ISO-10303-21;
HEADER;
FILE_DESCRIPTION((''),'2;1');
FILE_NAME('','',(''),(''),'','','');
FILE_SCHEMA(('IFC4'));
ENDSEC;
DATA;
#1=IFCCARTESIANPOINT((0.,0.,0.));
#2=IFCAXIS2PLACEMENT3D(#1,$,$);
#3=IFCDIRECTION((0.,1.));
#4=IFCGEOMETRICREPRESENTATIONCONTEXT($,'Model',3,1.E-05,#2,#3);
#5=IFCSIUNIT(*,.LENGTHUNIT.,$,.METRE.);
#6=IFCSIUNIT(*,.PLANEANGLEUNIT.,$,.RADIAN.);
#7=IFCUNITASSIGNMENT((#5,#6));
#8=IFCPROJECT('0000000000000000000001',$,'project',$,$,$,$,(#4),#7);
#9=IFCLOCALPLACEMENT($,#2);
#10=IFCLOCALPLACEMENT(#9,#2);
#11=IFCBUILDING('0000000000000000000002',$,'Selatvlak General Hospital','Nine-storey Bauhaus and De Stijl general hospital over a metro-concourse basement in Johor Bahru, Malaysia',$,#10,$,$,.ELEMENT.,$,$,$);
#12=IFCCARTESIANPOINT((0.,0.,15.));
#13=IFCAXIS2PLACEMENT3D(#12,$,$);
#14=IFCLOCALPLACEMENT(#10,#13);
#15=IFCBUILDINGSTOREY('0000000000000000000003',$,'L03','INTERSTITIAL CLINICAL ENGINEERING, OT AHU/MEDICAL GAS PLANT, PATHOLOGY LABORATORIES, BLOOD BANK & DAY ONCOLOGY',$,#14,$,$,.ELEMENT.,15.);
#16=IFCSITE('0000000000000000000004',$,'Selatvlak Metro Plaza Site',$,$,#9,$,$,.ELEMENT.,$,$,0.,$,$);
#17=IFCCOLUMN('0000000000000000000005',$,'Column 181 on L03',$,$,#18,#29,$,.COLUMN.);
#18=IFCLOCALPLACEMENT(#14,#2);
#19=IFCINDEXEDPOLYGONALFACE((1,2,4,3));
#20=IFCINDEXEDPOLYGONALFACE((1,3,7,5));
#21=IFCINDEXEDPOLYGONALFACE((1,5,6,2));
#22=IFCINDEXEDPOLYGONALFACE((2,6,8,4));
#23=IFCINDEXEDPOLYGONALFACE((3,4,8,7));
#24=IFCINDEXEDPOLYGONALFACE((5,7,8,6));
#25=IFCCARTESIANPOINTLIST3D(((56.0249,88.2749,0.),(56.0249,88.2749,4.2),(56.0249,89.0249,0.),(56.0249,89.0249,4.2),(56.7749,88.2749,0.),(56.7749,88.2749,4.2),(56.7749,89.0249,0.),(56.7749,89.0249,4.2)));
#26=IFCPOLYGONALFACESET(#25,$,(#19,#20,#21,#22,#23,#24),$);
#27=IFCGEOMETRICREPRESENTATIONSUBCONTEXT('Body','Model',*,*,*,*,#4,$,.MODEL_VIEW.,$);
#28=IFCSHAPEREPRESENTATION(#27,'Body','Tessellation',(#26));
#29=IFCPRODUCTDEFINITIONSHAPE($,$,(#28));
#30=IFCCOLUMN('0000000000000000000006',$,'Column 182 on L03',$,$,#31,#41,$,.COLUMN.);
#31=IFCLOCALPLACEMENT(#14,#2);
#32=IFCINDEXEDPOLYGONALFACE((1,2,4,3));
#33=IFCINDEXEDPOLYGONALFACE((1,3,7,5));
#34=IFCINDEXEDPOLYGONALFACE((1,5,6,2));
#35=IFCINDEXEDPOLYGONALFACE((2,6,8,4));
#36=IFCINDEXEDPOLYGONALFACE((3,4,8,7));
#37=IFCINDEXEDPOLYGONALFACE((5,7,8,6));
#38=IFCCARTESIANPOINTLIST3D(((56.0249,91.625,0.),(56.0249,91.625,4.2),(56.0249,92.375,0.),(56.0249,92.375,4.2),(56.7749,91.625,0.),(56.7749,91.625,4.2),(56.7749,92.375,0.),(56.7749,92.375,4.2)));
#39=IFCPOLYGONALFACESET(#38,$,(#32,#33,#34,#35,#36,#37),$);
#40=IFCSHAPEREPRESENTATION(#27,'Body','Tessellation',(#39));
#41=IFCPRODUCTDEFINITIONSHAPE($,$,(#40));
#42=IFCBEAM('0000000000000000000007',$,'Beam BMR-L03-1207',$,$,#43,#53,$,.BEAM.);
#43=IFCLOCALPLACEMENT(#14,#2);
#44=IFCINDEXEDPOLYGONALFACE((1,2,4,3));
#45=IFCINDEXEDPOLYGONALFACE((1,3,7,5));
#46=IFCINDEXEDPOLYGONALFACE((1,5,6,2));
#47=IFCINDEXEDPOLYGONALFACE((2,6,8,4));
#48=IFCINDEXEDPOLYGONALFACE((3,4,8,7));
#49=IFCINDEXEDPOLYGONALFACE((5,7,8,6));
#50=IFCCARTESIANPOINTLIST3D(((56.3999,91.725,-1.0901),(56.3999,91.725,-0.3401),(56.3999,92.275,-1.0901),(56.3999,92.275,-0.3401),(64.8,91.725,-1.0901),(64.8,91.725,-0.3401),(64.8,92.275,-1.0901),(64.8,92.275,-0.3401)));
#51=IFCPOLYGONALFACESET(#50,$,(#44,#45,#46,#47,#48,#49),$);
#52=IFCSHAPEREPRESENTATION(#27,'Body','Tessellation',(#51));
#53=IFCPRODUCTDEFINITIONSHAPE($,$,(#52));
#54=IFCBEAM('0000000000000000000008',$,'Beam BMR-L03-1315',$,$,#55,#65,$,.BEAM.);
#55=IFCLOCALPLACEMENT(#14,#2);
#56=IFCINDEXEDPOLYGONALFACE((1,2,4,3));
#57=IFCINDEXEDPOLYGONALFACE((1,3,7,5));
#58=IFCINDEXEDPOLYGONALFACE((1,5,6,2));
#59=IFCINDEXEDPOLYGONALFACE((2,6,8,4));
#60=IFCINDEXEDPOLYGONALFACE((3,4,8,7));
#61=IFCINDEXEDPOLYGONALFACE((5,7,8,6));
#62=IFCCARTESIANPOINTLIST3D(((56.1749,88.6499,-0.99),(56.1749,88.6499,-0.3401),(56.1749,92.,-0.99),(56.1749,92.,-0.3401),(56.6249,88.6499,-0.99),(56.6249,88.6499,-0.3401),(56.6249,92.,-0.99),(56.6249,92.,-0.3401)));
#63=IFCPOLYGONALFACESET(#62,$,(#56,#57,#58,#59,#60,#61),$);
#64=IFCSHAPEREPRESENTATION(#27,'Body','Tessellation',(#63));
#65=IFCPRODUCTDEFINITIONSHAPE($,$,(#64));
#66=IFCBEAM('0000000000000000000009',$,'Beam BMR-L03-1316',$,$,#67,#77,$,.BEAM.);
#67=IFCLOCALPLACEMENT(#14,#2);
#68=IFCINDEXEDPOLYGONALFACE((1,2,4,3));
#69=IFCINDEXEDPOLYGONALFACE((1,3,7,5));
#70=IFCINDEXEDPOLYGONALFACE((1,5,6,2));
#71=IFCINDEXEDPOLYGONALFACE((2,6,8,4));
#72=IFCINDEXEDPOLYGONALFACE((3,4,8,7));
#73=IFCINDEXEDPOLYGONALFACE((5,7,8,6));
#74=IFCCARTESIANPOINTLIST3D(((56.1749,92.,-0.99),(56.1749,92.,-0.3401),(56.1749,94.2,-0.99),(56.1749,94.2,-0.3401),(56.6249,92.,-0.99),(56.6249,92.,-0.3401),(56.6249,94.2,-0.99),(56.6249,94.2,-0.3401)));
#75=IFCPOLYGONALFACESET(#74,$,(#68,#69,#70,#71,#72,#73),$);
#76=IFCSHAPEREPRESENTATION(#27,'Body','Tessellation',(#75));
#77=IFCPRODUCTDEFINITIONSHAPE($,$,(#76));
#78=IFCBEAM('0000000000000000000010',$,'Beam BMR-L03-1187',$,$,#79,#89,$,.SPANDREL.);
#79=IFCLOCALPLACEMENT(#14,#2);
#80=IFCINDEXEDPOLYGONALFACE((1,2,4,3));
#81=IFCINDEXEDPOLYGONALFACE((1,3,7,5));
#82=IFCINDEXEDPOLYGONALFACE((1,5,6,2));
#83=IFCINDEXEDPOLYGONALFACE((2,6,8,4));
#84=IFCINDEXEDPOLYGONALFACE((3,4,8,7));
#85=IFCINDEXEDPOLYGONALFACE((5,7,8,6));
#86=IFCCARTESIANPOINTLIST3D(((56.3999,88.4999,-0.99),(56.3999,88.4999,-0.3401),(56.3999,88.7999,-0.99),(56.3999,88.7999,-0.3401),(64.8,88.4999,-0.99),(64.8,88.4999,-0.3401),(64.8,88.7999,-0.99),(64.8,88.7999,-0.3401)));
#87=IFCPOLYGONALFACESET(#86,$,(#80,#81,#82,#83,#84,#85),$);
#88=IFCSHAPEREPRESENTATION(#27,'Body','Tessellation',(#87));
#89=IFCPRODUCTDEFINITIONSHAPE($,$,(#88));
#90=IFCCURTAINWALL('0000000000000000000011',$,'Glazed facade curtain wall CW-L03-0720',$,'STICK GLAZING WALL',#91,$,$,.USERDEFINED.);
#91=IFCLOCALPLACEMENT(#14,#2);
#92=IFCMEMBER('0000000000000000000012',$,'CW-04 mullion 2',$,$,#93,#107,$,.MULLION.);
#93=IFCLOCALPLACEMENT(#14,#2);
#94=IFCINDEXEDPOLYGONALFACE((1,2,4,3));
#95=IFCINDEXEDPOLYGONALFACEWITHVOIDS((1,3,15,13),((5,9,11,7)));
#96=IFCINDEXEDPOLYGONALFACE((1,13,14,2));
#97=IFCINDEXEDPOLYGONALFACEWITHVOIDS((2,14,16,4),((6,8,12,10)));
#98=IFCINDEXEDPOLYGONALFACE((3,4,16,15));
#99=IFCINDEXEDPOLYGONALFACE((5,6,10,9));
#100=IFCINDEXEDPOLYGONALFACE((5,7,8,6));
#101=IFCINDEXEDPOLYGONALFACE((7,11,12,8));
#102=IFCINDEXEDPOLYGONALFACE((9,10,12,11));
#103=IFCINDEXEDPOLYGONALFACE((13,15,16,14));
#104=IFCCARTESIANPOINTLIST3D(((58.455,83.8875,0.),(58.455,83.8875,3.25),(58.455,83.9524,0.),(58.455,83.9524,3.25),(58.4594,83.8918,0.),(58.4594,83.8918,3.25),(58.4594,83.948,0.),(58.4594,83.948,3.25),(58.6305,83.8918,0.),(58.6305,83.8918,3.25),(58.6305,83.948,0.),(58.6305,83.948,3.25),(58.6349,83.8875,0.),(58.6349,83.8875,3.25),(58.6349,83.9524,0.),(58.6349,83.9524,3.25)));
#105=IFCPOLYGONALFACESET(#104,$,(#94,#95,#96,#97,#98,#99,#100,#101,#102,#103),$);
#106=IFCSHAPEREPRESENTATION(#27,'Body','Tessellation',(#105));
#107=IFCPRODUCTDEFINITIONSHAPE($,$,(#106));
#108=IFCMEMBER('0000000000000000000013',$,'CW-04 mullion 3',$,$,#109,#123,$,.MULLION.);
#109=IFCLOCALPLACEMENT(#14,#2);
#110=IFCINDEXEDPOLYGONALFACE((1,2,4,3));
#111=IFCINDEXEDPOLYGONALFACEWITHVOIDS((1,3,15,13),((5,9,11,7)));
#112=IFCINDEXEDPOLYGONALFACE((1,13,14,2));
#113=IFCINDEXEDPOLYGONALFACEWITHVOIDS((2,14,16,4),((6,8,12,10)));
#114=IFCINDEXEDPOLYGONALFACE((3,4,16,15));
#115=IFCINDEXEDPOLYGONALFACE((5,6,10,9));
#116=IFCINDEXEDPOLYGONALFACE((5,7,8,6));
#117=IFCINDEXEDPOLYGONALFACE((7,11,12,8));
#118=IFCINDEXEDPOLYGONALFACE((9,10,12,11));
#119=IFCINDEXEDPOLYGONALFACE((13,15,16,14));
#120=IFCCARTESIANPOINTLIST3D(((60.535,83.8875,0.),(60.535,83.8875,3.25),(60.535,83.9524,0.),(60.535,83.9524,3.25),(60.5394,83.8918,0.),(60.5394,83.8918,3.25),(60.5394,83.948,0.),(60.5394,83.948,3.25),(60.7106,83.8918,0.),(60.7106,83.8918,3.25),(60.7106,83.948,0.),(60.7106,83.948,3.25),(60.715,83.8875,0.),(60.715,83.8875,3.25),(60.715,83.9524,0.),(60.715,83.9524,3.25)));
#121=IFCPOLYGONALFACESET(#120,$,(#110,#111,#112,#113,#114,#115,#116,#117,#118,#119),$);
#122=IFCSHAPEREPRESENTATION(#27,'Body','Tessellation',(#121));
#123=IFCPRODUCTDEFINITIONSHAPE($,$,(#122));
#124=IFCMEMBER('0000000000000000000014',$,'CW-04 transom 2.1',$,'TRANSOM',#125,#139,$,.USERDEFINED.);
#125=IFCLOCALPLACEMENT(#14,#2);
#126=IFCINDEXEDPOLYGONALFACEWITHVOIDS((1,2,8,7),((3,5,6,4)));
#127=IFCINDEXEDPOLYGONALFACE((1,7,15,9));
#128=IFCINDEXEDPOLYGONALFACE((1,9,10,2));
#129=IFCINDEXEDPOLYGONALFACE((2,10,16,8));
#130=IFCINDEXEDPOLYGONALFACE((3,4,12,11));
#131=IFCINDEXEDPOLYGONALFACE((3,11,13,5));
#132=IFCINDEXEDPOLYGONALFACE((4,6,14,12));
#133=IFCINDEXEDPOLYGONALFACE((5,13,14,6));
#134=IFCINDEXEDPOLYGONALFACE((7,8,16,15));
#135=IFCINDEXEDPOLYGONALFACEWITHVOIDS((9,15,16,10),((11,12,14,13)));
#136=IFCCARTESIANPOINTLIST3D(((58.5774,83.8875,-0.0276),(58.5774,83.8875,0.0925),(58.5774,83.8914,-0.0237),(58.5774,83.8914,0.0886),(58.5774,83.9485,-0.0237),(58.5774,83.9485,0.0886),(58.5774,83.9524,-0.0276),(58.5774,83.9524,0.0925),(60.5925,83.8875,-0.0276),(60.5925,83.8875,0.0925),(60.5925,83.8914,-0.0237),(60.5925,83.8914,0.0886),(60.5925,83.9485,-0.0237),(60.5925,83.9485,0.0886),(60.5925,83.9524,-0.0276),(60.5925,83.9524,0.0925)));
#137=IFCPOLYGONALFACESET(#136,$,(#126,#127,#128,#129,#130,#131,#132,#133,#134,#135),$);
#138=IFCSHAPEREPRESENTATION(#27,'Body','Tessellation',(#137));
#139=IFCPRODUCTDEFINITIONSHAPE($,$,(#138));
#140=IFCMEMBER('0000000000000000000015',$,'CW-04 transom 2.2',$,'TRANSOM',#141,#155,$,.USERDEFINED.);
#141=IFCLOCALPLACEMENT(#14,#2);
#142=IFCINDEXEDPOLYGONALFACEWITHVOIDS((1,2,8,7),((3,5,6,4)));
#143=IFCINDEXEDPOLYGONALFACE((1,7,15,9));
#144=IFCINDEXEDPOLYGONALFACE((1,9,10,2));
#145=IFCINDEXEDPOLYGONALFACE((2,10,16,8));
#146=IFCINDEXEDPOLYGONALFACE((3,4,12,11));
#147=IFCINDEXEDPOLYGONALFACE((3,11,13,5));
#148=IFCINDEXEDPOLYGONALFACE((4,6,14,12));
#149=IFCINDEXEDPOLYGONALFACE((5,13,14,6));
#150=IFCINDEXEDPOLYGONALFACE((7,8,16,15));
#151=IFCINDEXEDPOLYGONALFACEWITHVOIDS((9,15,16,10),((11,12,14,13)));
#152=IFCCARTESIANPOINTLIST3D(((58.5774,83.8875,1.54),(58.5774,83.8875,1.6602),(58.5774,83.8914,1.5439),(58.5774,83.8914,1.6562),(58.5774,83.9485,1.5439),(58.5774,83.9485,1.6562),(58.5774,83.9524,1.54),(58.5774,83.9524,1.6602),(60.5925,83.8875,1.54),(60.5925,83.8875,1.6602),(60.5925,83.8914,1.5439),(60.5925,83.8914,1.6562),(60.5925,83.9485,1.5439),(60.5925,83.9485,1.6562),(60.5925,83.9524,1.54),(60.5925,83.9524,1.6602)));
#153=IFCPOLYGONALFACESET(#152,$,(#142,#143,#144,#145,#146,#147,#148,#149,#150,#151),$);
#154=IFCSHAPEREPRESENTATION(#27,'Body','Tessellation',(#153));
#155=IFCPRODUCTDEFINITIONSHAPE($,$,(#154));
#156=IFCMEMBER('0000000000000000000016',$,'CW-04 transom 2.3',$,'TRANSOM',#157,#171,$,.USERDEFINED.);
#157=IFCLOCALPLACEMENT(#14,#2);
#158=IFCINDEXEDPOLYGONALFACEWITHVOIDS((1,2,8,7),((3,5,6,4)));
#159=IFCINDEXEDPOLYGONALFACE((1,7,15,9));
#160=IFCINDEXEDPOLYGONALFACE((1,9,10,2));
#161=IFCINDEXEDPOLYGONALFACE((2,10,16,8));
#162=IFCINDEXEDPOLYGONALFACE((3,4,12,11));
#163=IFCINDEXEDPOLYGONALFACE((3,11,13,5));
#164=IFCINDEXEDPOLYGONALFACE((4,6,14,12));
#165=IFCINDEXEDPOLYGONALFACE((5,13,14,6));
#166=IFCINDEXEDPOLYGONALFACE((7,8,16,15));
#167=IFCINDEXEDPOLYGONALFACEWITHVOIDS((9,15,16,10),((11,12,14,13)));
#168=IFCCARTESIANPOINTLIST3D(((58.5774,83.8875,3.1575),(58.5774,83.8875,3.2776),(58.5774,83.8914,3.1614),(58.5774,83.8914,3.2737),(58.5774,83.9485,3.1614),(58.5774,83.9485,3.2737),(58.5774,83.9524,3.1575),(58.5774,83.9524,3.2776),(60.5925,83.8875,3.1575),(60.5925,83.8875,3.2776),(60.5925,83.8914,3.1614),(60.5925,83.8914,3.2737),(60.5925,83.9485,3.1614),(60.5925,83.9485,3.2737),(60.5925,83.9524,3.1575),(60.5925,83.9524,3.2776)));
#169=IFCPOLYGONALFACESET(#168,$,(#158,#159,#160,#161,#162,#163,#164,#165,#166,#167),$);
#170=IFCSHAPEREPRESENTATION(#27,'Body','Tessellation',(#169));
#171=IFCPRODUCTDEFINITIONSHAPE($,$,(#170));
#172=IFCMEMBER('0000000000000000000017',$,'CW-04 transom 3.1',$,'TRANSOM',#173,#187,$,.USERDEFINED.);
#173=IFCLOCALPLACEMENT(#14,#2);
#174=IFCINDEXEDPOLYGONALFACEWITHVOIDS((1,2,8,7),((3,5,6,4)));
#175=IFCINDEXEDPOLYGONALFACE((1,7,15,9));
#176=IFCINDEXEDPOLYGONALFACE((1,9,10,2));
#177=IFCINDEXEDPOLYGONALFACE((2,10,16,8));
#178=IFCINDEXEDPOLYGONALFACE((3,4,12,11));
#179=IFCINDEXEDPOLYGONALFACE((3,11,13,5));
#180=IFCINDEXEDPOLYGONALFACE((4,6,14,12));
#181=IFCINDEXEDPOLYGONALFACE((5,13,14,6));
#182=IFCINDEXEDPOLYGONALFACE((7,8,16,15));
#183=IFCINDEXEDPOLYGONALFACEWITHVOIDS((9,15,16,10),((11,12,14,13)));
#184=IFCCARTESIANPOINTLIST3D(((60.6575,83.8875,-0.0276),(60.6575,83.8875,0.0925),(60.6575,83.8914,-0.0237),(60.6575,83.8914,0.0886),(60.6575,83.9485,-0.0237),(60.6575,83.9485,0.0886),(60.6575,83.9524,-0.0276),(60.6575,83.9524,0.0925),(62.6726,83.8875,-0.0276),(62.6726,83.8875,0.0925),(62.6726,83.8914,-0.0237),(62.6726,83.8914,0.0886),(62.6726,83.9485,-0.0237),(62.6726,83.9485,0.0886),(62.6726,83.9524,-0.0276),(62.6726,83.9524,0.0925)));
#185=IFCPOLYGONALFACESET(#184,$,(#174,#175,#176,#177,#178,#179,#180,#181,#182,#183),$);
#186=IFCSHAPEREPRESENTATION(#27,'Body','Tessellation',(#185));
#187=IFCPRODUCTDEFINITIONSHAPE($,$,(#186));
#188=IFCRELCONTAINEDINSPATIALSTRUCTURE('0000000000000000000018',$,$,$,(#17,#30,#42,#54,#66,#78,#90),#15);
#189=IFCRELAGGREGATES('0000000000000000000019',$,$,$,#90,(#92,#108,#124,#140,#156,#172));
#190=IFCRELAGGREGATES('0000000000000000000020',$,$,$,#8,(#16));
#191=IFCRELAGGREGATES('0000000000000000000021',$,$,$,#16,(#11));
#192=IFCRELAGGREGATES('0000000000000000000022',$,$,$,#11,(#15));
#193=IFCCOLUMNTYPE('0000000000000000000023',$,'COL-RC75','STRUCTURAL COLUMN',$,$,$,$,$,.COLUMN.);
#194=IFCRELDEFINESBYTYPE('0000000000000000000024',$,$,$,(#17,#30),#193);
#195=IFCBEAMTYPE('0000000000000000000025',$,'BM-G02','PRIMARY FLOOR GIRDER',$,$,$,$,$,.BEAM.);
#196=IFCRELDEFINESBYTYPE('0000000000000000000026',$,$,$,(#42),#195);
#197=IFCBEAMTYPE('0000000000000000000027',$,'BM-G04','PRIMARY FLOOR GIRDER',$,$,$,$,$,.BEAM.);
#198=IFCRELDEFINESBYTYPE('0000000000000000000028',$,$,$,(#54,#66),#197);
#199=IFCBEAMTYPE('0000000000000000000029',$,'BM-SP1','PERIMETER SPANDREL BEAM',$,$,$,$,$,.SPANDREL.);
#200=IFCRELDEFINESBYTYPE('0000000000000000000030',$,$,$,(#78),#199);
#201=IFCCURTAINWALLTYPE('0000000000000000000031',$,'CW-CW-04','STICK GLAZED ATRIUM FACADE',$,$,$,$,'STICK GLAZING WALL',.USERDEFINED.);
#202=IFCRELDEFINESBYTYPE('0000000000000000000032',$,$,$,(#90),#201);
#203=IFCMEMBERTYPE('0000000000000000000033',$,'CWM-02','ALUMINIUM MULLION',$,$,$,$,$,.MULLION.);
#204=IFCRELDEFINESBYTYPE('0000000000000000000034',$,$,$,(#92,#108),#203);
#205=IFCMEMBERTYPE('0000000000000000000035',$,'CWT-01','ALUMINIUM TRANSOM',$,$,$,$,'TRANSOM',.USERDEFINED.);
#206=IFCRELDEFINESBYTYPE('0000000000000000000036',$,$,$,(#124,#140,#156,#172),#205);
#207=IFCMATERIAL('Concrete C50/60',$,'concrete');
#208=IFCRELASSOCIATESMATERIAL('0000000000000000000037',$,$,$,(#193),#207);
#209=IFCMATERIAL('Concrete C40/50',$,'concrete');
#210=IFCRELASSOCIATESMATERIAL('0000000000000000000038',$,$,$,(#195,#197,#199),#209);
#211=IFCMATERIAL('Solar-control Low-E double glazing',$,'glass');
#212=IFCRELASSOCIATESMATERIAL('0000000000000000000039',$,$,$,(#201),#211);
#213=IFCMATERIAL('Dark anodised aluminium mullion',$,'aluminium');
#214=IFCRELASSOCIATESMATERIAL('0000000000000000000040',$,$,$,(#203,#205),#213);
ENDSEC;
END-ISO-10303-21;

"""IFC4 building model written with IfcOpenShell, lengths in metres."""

from ifc_helpers import new_model, si_unit, direction, frame, origin, origin_2d, place, context, subcontext, project, spatial, rectangle, hollow_rectangle, extrude, material, material_profile, profile_set, type_object, element, aggregate, save


model = new_model("IFC4")

# Units and contexts
model_context = context("Model", 3, precision=1e-05, world=origin(), true_north=direction((0.0, 1.0)))
body_context = subcontext(model_context, "Body", "Model", "MODEL_VIEW")
ifc_project = project(units=[si_unit("LENGTHUNIT", "METRE"), si_unit("PLANEANGLEUNIT", "RADIAN")], contexts=[model_context])

# Site, building, storey
site_placement = place(None, origin())
site = spatial("IfcSite", under=ifc_project, at=site_placement, Name="Selatvlak Metro Plaza Site", CompositionType="ELEMENT", RefElevation=0.0)
building_placement = place(site_placement, origin())
building = spatial("IfcBuilding", under=site, at=building_placement, Name="Selatvlak General Hospital", Description="Nine-storey Bauhaus and De Stijl general hospital over a metro-concourse basement in Johor Bahru, Malaysia", CompositionType="ELEMENT")
storey_placement = place(building_placement, frame((0.0, 0.0, 15.0)))
storey = spatial("IfcBuildingStorey", under=building, at=storey_placement, Name="L03", Description="INTERSTITIAL CLINICAL ENGINEERING, OT AHU/MEDICAL GAS PLANT, PATHOLOGY LABORATORIES, BLOOD BANK & DAY ONCOLOGY", CompositionType="ELEMENT", Elevation=15.0)

# Columns
ifc_material_1 = material(Name="Concrete C50/60", Category="concrete")
ifc_material_profile_1 = material_profile(ifc_material_1, rectangle(XDim=0.75, YDim=0.75, at=origin_2d()), Name="RC-COL 750x750")
ifc_profile_set_1 = profile_set([ifc_material_profile_1], Name="Concrete C50/60")
column_type = type_object("IfcColumnType", Name="COL-RC75", Description="STRUCTURAL COLUMN", PredefinedType="COLUMN", material=ifc_profile_set_1)
for number, where, z_axis, x_axis, name in (
    (1, (56.3999, 88.6499, 0.0), (0.0, 0.0, 1.0), (1.0, 0.0, 0.0), "Column 181 on L03"),
    (2, (56.3999, 92.0, 0.0), (0.0, 0.0, 1.0), (1.0, 0.0, 0.0), "Column 182 on L03"),
):
    element("IfcColumn", number, at=place(storey_placement, frame(where, z_axis=z_axis, x_axis=x_axis)), inside=storey, type_object=column_type, Name=name, PredefinedType="COLUMN", context=body_context, shape_type="SweptSolid", body=[
        extrude(rectangle(XDim=0.75, YDim=0.75, at=origin_2d()), origin(), (0.0, 0.0, 1.0), 4.2),
    ])

# Beams
ifc_material_2 = material(Name="Concrete C40/50", Category="concrete")
ifc_material_profile_2 = material_profile(ifc_material_2, rectangle(XDim=0.55, YDim=0.75, at=origin_2d()), Name="RC-BM 550x750")
ifc_profile_set_2 = profile_set([ifc_material_profile_2], Name="Concrete C40/50")
beam_type_1 = type_object("IfcBeamType", Name="BM-G02", Description="PRIMARY FLOOR GIRDER", PredefinedType="BEAM", material=ifc_profile_set_2)
beam_1_placement = place(storey_placement, frame((56.3999, 92.0, -0.7151), z_axis=(1.0, 0.0, 0.0), x_axis=(0.0, 1.0, 0.0)))
element("IfcBeam", 3, at=beam_1_placement, inside=storey, type_object=beam_type_1, Name="Beam BMR-L03-1207", PredefinedType="BEAM", context=body_context, shape_type="SweptSolid", body=[
    extrude(rectangle(XDim=0.55, YDim=0.75, at=origin_2d()), origin(), (0.0, 0.0, 1.0), 8.4001),
])
ifc_material_profile_3 = material_profile(ifc_material_2, rectangle(XDim=0.45, YDim=0.6499, at=origin_2d()), Name="RC-BM 450x650")
ifc_profile_set_3 = profile_set([ifc_material_profile_3], Name="Concrete C40/50")
beam_type_2 = type_object("IfcBeamType", Name="BM-G04", Description="PRIMARY FLOOR GIRDER", PredefinedType="BEAM", material=ifc_profile_set_3)
beam_2_placement = place(storey_placement, frame((56.3999, 88.6499, -0.665), z_axis=(0.0, 1.0, 0.0), x_axis=(-1.0, 0.0, 0.0)))
element("IfcBeam", 4, at=beam_2_placement, inside=storey, type_object=beam_type_2, Name="Beam BMR-L03-1315", PredefinedType="BEAM", context=body_context, shape_type="SweptSolid", body=[
    extrude(rectangle(XDim=0.45, YDim=0.6499, at=origin_2d()), origin(), (0.0, 0.0, 1.0), 3.3501),
])
beam_3_placement = place(storey_placement, frame((56.3999, 92.0, -0.665), z_axis=(0.0, 1.0, 0.0), x_axis=(-1.0, 0.0, 0.0)))
element("IfcBeam", 5, at=beam_3_placement, inside=storey, type_object=beam_type_2, Name="Beam BMR-L03-1316", PredefinedType="BEAM", context=body_context, shape_type="SweptSolid", body=[
    extrude(rectangle(XDim=0.45, YDim=0.6499, at=origin_2d()), origin(), (0.0, 0.0, 1.0), 2.2),
])
ifc_material_profile_4 = material_profile(ifc_material_2, rectangle(XDim=0.3, YDim=0.6499, at=origin_2d()), Name="RC-SP 300x650")
ifc_profile_set_4 = profile_set([ifc_material_profile_4], Name="Concrete C40/50")
beam_type_3 = type_object("IfcBeamType", Name="BM-SP1", Description="PERIMETER SPANDREL BEAM", PredefinedType="SPANDREL", material=ifc_profile_set_4)
beam_4_placement = place(storey_placement, frame((56.3999, 88.6499, -0.665), z_axis=(1.0, 0.0, 0.0), x_axis=(0.0, 1.0, 0.0)))
element("IfcBeam", 6, at=beam_4_placement, inside=storey, type_object=beam_type_3, Name="Beam BMR-L03-1187", PredefinedType="SPANDREL", context=body_context, shape_type="SweptSolid", body=[
    extrude(rectangle(XDim=0.3, YDim=0.6499, at=origin_2d()), origin(), (0.0, 0.0, 1.0), 8.4001),
])

# Curtain wall, members
ifc_material_3 = material(Name="Solar-control Low-E double glazing", Category="glass")
curtain_wall_type = type_object("IfcCurtainWallType", Name="CW-CW-04", Description="STICK GLAZED ATRIUM FACADE", ElementType="STICK GLAZING WALL", PredefinedType="USERDEFINED", material=ifc_material_3)
curtain_wall_placement = place(storey_placement, origin())
curtain_wall = element("IfcCurtainWall", 7, at=curtain_wall_placement, inside=storey, type_object=curtain_wall_type, Name="Glazed facade curtain wall CW-L03-0720", ObjectType="STICK GLAZING WALL", PredefinedType="USERDEFINED")
ifc_material_4 = material(Name="Dark anodised aluminium mullion", Category="aluminium")
ifc_material_profile_5 = material_profile(ifc_material_4, hollow_rectangle(XDim=0.0649, YDim=0.1799, WallThickness=0.0044, at=origin_2d()), Name="AL-MUL 65x180x4.5")
ifc_profile_set_5 = profile_set([ifc_material_profile_5], Name="Dark anodised aluminium mullion")
member_type_1 = type_object("IfcMemberType", Name="CWM-02", Description="ALUMINIUM MULLION", PredefinedType="MULLION", material=ifc_profile_set_5)
member_1_placement = place(storey_placement, frame((58.5449, 83.9199, 0.0), z_axis=(0.0, 0.0, 1.0), x_axis=(0.0, 1.0, 0.0)))
member_1 = element("IfcMember", 8, at=member_1_placement, type_object=member_type_1, Name="CW-04 mullion 2", PredefinedType="MULLION", context=body_context, shape_type="SweptSolid", body=[
    extrude(hollow_rectangle(XDim=0.0649, YDim=0.1799, WallThickness=0.0044, at=origin_2d()), origin(), (0.0, 0.0, 1.0), 3.25),
])
member_2_placement = place(storey_placement, frame((60.625, 83.9199, 0.0), z_axis=(0.0, 0.0, 1.0), x_axis=(0.0, 1.0, 0.0)))
member_2 = element("IfcMember", 9, at=member_2_placement, type_object=member_type_1, Name="CW-04 mullion 3", PredefinedType="MULLION", context=body_context, shape_type="SweptSolid", body=[
    extrude(hollow_rectangle(XDim=0.0649, YDim=0.1799, WallThickness=0.0044, at=origin_2d()), origin(), (0.0, 0.0, 1.0), 3.25),
])
ifc_material_profile_6 = material_profile(ifc_material_4, hollow_rectangle(XDim=0.0649, YDim=0.1201, WallThickness=0.0039, at=origin_2d()), Name="AL-TRN 65x120x4")
ifc_profile_set_6 = profile_set([ifc_material_profile_6], Name="Dark anodised aluminium mullion")
member_type_2 = type_object("IfcMemberType", Name="CWT-01", Description="ALUMINIUM TRANSOM", ElementType="TRANSOM", PredefinedType="USERDEFINED", material=ifc_profile_set_6)
member_3_placement = place(storey_placement, frame((58.5774, 83.9199, 0.0325), z_axis=(1.0, 0.0, 0.0), x_axis=(0.0, 1.0, 0.0)))
member_3 = element("IfcMember", 10, at=member_3_placement, type_object=member_type_2, Name="CW-04 transom 2.1", ObjectType="TRANSOM", PredefinedType="USERDEFINED", context=body_context, shape_type="SweptSolid", body=[
    extrude(hollow_rectangle(XDim=0.0649, YDim=0.1201, WallThickness=0.0039, at=origin_2d()), origin(), (0.0, 0.0, 1.0), 2.0151),
])
member_4_placement = place(storey_placement, frame((58.5774, 83.9199, 1.6001), z_axis=(1.0, 0.0, 0.0), x_axis=(0.0, 1.0, 0.0)))
member_4 = element("IfcMember", 11, at=member_4_placement, type_object=member_type_2, Name="CW-04 transom 2.2", ObjectType="TRANSOM", PredefinedType="USERDEFINED", context=body_context, shape_type="SweptSolid", body=[
    extrude(hollow_rectangle(XDim=0.0649, YDim=0.1201, WallThickness=0.0039, at=origin_2d()), origin(), (0.0, 0.0, 1.0), 2.0151),
])
member_5_placement = place(storey_placement, frame((58.5774, 83.9199, 3.2175), z_axis=(1.0, 0.0, 0.0), x_axis=(0.0, 1.0, 0.0)))
member_5 = element("IfcMember", 12, at=member_5_placement, type_object=member_type_2, Name="CW-04 transom 2.3", ObjectType="TRANSOM", PredefinedType="USERDEFINED", context=body_context, shape_type="SweptSolid", body=[
    extrude(hollow_rectangle(XDim=0.0649, YDim=0.1201, WallThickness=0.0039, at=origin_2d()), origin(), (0.0, 0.0, 1.0), 2.0151),
])
member_6_placement = place(storey_placement, frame((60.6575, 83.9199, 0.0325), z_axis=(1.0, 0.0, 0.0), x_axis=(0.0, 1.0, 0.0)))
member_6 = element("IfcMember", 13, at=member_6_placement, type_object=member_type_2, Name="CW-04 transom 3.1", ObjectType="TRANSOM", PredefinedType="USERDEFINED", context=body_context, shape_type="SweptSolid", body=[
    extrude(hollow_rectangle(XDim=0.0649, YDim=0.1201, WallThickness=0.0039, at=origin_2d()), origin(), (0.0, 0.0, 1.0), 2.0151),
])

aggregate(curtain_wall, [member_1, member_2, member_3, member_4, member_5, member_6])

save(model, "model.ifc")
